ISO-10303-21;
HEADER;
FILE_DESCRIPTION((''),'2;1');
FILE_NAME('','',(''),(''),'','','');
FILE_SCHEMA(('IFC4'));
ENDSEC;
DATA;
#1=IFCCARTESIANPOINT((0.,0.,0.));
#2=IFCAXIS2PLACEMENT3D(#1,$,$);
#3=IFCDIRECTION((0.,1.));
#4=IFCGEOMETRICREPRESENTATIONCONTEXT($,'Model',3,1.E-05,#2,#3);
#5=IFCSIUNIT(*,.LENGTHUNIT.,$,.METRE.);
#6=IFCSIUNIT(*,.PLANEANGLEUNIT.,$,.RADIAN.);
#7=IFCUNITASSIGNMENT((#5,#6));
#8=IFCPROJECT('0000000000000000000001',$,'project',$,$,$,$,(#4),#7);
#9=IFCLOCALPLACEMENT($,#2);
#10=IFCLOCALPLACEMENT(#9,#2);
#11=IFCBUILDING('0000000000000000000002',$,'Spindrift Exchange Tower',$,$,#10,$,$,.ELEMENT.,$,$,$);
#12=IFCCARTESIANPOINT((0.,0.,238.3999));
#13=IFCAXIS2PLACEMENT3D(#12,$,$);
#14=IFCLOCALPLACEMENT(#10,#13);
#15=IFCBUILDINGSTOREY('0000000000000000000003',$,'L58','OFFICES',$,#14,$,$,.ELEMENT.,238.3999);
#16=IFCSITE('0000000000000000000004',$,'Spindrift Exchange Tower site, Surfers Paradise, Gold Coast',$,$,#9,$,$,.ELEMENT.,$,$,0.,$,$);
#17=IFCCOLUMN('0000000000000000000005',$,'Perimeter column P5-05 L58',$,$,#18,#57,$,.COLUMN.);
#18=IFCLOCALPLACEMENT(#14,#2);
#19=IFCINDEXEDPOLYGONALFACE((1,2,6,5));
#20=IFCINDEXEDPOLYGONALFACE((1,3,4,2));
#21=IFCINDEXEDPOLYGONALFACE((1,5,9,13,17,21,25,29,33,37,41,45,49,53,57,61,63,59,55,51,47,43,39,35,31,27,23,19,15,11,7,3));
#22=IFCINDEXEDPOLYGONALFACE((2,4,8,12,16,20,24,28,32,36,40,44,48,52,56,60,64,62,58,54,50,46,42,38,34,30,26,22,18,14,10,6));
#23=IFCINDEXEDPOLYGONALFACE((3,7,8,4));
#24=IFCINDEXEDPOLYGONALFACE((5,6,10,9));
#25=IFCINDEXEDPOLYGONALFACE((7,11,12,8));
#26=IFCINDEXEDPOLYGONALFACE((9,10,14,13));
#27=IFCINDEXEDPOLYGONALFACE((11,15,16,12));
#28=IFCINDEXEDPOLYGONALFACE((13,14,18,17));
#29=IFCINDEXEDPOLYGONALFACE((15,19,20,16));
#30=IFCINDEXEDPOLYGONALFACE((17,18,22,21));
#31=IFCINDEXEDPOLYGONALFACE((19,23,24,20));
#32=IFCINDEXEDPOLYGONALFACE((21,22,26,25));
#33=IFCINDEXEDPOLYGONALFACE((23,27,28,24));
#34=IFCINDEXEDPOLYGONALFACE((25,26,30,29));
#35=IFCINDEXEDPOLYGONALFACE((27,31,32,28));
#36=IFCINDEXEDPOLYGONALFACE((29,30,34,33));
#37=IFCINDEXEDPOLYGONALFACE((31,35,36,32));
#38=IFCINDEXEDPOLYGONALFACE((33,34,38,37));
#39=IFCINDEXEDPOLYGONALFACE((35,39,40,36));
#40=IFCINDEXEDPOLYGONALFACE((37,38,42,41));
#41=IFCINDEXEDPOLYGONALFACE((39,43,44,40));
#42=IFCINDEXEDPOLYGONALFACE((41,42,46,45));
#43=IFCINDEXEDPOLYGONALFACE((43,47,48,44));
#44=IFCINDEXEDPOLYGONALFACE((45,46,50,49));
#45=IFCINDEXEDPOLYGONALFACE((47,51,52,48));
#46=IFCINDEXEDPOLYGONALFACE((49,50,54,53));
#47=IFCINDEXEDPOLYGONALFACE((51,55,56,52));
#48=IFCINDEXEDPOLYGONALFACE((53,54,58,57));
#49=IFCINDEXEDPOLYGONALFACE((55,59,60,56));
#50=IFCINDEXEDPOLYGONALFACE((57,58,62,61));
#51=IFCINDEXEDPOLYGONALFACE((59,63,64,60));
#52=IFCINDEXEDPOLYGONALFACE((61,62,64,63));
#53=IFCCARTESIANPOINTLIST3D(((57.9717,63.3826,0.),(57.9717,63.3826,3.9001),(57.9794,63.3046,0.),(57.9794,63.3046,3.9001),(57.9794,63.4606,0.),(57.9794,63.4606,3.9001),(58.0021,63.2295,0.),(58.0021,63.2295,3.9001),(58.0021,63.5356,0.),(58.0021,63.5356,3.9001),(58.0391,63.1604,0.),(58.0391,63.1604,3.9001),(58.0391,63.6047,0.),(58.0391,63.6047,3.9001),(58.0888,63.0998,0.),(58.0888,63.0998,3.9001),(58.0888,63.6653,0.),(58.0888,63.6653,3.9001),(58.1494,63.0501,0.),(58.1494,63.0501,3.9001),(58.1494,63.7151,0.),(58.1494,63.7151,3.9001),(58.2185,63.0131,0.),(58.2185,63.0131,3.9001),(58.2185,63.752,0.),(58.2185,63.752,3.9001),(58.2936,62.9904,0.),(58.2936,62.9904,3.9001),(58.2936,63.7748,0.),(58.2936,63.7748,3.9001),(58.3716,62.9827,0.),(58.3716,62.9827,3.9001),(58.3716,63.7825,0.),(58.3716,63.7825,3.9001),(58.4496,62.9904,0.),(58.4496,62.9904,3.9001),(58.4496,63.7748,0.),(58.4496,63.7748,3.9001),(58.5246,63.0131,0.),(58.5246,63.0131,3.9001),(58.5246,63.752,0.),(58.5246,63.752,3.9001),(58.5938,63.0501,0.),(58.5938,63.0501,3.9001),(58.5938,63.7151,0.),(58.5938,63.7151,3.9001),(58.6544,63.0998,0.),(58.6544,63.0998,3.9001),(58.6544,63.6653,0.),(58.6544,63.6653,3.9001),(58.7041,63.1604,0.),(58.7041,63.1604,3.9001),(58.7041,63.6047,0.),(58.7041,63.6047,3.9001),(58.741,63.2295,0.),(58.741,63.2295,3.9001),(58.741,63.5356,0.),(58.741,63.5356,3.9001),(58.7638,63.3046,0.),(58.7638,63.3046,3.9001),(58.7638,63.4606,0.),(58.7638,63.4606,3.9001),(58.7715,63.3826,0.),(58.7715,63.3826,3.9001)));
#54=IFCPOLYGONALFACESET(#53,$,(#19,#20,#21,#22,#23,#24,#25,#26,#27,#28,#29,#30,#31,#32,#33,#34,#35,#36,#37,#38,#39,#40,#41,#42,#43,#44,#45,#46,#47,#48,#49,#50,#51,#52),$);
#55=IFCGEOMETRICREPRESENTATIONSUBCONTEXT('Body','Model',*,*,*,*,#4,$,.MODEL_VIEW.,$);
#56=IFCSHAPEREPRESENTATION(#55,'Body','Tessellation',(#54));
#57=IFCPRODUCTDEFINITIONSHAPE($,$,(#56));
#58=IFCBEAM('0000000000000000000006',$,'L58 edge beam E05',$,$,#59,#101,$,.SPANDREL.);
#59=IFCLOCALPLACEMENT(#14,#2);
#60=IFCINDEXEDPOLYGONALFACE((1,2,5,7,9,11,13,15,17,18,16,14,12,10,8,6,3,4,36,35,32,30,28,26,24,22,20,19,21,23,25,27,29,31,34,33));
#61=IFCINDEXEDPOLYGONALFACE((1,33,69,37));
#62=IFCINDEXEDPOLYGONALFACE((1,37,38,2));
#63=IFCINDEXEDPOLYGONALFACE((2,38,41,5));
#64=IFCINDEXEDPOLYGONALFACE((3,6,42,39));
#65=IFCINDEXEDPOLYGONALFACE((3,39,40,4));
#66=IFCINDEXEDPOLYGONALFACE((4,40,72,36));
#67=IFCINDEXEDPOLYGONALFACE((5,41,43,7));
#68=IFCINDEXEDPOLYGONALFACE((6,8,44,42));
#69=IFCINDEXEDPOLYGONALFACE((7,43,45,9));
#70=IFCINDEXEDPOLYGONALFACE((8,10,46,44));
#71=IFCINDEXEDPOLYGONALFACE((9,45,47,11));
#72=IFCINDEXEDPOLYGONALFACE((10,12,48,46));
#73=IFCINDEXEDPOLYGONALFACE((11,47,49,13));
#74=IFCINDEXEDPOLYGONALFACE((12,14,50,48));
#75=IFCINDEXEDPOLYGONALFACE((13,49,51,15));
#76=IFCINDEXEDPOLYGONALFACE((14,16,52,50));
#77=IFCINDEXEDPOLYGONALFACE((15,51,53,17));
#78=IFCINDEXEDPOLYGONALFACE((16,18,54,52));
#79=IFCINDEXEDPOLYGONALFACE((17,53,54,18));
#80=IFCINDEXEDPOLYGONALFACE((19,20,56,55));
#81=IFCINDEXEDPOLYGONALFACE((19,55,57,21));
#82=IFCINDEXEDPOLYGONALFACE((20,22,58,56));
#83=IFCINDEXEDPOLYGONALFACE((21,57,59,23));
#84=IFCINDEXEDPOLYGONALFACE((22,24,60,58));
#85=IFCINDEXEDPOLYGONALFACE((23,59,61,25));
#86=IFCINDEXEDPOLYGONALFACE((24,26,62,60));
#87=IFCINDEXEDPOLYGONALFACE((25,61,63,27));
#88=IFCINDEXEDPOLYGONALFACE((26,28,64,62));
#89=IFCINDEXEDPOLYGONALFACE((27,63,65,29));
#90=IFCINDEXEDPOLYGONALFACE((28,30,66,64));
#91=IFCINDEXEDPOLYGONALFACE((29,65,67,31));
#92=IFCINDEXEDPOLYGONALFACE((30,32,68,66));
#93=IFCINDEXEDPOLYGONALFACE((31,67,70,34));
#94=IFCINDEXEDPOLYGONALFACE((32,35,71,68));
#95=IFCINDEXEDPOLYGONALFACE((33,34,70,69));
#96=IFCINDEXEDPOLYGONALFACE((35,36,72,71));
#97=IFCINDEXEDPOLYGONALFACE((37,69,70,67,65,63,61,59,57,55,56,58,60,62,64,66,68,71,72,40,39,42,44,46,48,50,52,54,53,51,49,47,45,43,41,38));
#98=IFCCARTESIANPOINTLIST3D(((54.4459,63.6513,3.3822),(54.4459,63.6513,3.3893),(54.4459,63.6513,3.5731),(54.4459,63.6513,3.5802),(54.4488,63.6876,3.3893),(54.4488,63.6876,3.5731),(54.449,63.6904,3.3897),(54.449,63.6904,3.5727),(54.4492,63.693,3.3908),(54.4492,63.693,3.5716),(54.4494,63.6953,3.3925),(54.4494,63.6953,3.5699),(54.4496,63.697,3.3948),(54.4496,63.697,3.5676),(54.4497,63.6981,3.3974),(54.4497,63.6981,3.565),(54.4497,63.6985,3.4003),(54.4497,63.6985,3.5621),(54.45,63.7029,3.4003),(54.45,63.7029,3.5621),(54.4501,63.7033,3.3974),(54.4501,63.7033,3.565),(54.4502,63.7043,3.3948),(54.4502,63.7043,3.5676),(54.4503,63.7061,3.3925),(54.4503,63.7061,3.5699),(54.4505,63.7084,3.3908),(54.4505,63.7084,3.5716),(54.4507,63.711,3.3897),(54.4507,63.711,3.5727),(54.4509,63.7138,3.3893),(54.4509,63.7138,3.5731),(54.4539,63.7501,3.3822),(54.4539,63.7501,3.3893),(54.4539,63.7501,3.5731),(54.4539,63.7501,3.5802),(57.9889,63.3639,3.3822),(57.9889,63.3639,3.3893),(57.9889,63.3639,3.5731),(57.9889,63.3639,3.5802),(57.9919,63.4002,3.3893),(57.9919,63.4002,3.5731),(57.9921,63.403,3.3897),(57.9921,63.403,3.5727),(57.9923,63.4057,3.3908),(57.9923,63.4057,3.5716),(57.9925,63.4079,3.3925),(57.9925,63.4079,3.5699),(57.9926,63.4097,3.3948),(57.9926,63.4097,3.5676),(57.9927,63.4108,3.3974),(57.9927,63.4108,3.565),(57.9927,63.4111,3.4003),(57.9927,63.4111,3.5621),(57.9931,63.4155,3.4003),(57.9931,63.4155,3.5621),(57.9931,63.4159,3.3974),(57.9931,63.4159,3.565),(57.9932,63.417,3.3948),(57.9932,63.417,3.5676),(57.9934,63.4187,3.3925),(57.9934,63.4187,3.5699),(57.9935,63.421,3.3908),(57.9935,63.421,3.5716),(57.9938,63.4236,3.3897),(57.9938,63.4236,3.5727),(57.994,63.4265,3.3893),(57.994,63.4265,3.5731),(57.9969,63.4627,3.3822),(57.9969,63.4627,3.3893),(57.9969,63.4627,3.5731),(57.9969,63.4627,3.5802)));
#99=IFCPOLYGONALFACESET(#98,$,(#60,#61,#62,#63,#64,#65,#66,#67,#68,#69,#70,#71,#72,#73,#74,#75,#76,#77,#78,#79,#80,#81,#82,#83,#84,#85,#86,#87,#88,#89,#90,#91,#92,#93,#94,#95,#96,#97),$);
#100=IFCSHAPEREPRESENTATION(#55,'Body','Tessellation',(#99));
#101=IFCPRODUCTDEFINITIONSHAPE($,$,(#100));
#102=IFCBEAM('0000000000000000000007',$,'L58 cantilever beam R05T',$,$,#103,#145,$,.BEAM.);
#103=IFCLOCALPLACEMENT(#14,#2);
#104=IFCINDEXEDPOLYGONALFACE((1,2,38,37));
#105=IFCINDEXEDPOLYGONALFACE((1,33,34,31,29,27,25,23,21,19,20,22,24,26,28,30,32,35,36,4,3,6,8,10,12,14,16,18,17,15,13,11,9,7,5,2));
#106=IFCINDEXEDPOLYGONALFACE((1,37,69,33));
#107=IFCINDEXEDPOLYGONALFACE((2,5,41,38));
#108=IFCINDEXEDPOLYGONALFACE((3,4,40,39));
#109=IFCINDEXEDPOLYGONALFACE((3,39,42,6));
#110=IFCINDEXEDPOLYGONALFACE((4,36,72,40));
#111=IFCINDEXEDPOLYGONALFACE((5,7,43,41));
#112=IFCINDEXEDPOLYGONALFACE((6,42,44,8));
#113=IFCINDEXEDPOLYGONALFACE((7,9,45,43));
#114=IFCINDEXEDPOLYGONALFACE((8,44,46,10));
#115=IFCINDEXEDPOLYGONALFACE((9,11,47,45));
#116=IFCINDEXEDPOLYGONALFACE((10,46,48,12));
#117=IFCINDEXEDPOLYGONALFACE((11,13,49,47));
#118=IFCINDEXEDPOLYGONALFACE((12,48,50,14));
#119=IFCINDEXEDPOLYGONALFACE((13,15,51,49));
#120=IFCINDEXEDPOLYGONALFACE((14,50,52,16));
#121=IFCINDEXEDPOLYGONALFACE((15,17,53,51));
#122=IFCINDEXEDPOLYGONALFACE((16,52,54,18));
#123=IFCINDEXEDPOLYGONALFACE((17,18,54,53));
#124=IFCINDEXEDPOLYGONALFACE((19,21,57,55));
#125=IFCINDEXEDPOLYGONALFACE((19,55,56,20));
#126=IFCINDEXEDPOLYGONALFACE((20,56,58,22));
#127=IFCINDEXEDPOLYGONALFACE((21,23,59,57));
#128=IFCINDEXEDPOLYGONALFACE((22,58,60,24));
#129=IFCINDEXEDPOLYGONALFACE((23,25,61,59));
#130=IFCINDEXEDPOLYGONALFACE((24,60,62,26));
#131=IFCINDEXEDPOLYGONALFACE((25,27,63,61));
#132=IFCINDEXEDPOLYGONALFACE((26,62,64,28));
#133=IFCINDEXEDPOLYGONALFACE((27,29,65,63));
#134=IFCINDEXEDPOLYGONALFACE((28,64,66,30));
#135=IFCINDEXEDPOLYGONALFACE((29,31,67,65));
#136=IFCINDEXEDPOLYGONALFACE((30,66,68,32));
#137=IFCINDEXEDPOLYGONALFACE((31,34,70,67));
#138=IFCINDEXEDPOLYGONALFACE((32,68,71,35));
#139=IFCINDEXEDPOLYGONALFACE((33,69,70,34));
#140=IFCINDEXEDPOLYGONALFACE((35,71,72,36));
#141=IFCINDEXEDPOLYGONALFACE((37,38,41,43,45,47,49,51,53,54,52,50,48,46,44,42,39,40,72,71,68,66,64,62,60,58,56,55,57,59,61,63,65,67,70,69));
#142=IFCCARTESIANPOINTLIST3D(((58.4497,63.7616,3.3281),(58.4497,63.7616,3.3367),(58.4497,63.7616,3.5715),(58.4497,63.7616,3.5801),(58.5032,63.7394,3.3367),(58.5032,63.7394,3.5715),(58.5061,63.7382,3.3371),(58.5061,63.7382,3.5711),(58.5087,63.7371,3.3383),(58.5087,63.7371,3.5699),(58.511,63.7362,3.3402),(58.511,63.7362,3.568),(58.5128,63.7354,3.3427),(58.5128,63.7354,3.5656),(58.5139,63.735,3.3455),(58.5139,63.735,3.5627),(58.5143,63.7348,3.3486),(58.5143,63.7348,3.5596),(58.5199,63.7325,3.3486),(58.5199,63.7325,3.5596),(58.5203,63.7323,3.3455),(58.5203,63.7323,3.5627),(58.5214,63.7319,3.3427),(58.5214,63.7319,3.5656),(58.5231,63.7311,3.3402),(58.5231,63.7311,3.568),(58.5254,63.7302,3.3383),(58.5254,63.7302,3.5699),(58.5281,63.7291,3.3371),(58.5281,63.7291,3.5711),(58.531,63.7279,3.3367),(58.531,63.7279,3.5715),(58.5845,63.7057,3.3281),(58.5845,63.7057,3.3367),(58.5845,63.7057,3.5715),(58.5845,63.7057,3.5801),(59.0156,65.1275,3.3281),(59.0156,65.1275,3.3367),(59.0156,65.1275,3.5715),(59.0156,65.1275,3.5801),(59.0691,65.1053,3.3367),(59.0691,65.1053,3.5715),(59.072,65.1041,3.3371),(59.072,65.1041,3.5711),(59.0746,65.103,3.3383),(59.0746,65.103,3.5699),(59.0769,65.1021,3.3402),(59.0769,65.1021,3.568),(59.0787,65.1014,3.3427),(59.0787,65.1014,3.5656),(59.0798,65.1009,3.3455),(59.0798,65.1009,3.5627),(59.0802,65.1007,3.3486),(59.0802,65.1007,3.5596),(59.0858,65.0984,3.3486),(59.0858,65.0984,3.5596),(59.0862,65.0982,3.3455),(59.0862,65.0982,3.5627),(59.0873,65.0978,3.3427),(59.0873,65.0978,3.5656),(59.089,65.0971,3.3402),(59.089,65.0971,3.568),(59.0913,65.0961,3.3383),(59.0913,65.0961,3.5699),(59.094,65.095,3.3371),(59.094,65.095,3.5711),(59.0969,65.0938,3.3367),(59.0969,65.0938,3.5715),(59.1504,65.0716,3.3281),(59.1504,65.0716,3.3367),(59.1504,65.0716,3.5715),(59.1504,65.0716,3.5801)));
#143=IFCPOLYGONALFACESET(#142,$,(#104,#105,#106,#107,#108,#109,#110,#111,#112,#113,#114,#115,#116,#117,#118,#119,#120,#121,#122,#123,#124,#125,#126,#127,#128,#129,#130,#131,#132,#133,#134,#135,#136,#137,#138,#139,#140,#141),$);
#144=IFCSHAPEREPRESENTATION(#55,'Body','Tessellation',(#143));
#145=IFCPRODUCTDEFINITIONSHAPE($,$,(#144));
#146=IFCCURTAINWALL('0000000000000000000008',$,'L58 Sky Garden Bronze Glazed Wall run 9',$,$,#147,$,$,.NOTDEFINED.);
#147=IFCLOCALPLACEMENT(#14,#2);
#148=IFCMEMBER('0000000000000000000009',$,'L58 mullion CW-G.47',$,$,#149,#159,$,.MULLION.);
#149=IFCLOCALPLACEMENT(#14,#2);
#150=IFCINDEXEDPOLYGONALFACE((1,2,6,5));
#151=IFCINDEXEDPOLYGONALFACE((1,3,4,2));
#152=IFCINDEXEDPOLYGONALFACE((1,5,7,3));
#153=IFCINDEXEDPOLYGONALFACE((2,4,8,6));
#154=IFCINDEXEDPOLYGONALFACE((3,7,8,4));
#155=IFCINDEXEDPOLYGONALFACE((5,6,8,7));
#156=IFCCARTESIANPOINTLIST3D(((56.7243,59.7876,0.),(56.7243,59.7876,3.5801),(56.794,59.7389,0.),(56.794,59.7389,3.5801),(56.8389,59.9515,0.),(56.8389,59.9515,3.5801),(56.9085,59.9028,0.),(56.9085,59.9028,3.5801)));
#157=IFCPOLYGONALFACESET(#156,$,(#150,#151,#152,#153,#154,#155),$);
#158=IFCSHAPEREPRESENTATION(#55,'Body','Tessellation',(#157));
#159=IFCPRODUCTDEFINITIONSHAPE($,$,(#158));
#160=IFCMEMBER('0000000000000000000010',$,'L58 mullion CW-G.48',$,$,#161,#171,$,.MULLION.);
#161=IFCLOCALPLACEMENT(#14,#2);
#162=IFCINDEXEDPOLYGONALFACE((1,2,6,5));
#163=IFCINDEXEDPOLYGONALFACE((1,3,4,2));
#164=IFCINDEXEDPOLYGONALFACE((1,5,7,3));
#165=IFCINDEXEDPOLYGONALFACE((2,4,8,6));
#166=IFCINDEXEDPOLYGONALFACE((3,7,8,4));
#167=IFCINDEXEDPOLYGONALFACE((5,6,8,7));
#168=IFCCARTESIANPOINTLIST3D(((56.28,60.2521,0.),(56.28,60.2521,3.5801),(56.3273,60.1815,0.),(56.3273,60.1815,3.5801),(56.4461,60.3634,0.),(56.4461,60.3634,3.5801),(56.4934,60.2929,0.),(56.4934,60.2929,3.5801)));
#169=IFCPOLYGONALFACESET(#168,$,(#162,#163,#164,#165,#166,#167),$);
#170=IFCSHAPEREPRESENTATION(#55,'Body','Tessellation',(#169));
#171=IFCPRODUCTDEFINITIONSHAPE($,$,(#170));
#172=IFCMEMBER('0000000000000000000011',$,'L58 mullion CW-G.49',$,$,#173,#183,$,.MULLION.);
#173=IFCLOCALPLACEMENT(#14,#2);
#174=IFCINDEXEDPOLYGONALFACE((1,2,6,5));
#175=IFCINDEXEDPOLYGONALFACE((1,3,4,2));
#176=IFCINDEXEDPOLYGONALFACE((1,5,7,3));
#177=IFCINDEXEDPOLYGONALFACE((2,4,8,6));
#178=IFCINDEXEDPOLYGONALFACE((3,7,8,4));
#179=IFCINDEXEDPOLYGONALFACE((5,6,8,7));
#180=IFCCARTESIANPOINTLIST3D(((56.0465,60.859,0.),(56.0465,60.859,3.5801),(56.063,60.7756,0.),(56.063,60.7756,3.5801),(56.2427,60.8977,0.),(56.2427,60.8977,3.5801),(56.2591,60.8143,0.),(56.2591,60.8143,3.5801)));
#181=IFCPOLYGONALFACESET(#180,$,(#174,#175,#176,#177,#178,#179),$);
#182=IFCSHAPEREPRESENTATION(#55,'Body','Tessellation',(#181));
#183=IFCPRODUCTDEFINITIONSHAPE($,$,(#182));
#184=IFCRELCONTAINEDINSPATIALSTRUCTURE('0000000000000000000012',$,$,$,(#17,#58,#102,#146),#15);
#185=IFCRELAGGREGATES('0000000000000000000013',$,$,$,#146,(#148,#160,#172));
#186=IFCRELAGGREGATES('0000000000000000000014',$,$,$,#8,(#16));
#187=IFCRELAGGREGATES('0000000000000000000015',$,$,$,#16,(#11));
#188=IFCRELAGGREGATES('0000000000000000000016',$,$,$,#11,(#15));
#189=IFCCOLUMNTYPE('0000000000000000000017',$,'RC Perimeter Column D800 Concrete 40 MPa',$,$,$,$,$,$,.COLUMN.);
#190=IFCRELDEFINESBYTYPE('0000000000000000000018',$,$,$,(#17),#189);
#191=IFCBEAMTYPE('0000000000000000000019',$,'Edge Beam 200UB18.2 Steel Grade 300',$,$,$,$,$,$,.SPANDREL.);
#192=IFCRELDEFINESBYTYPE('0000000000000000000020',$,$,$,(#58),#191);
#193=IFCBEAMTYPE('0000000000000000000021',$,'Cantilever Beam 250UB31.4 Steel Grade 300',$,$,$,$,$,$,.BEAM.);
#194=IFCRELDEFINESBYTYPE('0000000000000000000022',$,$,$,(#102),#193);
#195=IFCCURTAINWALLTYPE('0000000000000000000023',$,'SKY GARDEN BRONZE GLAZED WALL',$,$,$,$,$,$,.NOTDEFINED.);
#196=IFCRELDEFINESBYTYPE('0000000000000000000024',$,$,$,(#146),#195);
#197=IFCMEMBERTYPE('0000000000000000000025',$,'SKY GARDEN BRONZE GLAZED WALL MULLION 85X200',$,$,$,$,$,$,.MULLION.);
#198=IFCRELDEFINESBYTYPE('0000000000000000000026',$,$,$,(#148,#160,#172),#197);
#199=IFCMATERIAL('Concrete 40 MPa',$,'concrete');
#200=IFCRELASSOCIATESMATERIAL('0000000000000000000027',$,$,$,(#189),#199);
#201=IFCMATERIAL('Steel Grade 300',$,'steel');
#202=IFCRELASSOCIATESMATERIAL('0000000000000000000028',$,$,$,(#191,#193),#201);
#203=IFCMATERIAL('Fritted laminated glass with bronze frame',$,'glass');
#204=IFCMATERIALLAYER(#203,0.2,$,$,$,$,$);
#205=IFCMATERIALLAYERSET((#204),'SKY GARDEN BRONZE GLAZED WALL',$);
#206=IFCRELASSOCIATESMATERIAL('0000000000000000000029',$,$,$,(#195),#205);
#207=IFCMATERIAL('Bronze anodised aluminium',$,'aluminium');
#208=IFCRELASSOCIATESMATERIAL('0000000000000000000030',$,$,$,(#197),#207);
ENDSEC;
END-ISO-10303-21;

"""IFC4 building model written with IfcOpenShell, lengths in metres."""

from ifc_helpers import new_model, si_unit, direction, frame, origin, origin_2d, place, context, subcontext, project, spatial, rectangle, circle, i_section, extrude, source, transform, mapped, material, layer, layer_set, material_profile, profile_set, type_object, element, aggregate, save


model = new_model("IFC4")

# Units and contexts
model_context = context("Model", 3, precision=1e-05, world=origin(), true_north=direction((0.0, 1.0)))
body_context = subcontext(model_context, "Body", "Model", "MODEL_VIEW")
ifc_project = project(units=[si_unit("LENGTHUNIT", "METRE"), si_unit("PLANEANGLEUNIT", "RADIAN")], contexts=[model_context])

# Site, building, storey
site_placement = place(None, origin())
site = spatial("IfcSite", under=ifc_project, at=site_placement, Name="Spindrift Exchange Tower site, Surfers Paradise, Gold Coast", CompositionType="ELEMENT", RefElevation=0.0)
building_placement = place(site_placement, origin())
building = spatial("IfcBuilding", under=site, at=building_placement, Name="Spindrift Exchange Tower", CompositionType="ELEMENT")
storey_placement = place(building_placement, frame((0.0, 0.0, 238.3999)))
storey = spatial("IfcBuildingStorey", under=building, at=storey_placement, Name="L58", Description="OFFICES", CompositionType="ELEMENT", Elevation=238.3999)

# Column
ifc_material_1 = material(Name="Concrete 40 MPa", Category="concrete")
ifc_material_profile_1 = material_profile(ifc_material_1, circle(Radius=0.3999, at=origin_2d()), Name="RC D800")
ifc_profile_set_1 = profile_set([ifc_material_profile_1], Name="Concrete 40 MPa")
column_type = type_object("IfcColumnType", Name="RC Perimeter Column D800 Concrete 40 MPa", PredefinedType="COLUMN", material=ifc_profile_set_1)
shared_shape_1 = source(origin(), body_context, "Body", "SweptSolid", [
    extrude(circle(Radius=0.3999, at=origin_2d()), origin(), (0.0, 0.0, 1.0), 3.9001),
])
column_placement = place(storey_placement, frame((58.3716, 63.3826, 0.0), z_axis=(0.0, 0.0, 1.0), x_axis=(1.0, 0.0, 0.0)))
element("IfcColumn", 1, at=column_placement, inside=storey, type_object=column_type, Name="Perimeter column P5-05 L58", PredefinedType="COLUMN", context=body_context, shape_type="MappedRepresentation", body=[
    mapped(shared_shape_1, transform((0.0, 0.0, 0.0), scale=1.0)),
])

# Beams
ifc_material_2 = material(Name="Steel Grade 300", Category="steel")
ifc_material_profile_2 = material_profile(ifc_material_2, i_section(OverallWidth=0.0991, OverallDepth=0.198, WebThickness=0.0044, FlangeThickness=0.0071, FilletRadius=0.011, at=origin_2d()), Name="200UB18.2")
ifc_profile_set_2 = profile_set([ifc_material_profile_2], Name="Steel Grade 300")
beam_type_1 = type_object("IfcBeamType", Name="Edge Beam 200UB18.2 Steel Grade 300", PredefinedType="SPANDREL", material=ifc_profile_set_2)
shared_shape_2 = source(origin(), body_context, "Body", "SweptSolid", [
    extrude(i_section(OverallWidth=0.0991, OverallDepth=0.198, WebThickness=0.0044, FlangeThickness=0.0071, FilletRadius=0.011, at=origin_2d()), origin(), (0.0, 0.0, 1.0), 3.5547),
])
beam_1_placement = place(storey_placement, frame((57.9929, 63.4133, 3.4812), z_axis=(-0.996727, 0.08084, 0.0), x_axis=(-0.08084, -0.996727, 0.0)))
element("IfcBeam", 2, at=beam_1_placement, inside=storey, type_object=beam_type_1, Name="L58 edge beam E05", PredefinedType="SPANDREL", context=body_context, shape_type="MappedRepresentation", body=[
    mapped(shared_shape_2, transform((0.0, 0.0, 0.0), scale=1.0)),
])
ifc_material_profile_3 = material_profile(ifc_material_2, i_section(OverallWidth=0.146, OverallDepth=0.252, WebThickness=0.0061, FlangeThickness=0.0085, FilletRadius=0.012, at=origin_2d()), Name="250UB31.4")
ifc_profile_set_3 = profile_set([ifc_material_profile_3], Name="Steel Grade 300")
beam_type_2 = type_object("IfcBeamType", Name="Cantilever Beam 250UB31.4 Steel Grade 300", PredefinedType="BEAM", material=ifc_profile_set_3)
shared_shape_3 = source(origin(), body_context, "Body", "SweptSolid", [
    extrude(i_section(OverallWidth=0.146, OverallDepth=0.252, WebThickness=0.0061, FlangeThickness=0.0085, FilletRadius=0.012, at=origin_2d()), origin(), (0.0, 0.0, 1.0), 1.4785),
])
beam_2_placement = place(storey_placement, frame((58.5171, 63.7336, 3.4541), z_axis=(0.38275, 0.923852, 0.0), x_axis=(-0.923852, 0.38275, 0.0)))
element("IfcBeam", 3, at=beam_2_placement, inside=storey, type_object=beam_type_2, Name="L58 cantilever beam R05T", PredefinedType="BEAM", context=body_context, shape_type="MappedRepresentation", body=[
    mapped(shared_shape_3, transform((0.0, 0.0, 0.0), scale=1.0)),
])

# Curtain wall, members
ifc_material_3 = material(Name="Fritted laminated glass with bronze frame", Category="glass")
ifc_layer_1 = layer(ifc_material_3, 0.2)
ifc_layer_set_1 = layer_set([ifc_layer_1], Name="SKY GARDEN BRONZE GLAZED WALL")
curtain_wall_type = type_object("IfcCurtainWallType", Name="SKY GARDEN BRONZE GLAZED WALL", PredefinedType="NOTDEFINED", material=ifc_layer_set_1)
curtain_wall_1_placement = place(storey_placement, origin())
curtain_wall_1 = element("IfcCurtainWall", 4, at=curtain_wall_1_placement, inside=storey, type_object=curtain_wall_type, Name="L58 Sky Garden Bronze Glazed Wall run 9", PredefinedType="NOTDEFINED")
ifc_material_4 = material(Name="Bronze anodised aluminium", Category="aluminium")
ifc_material_profile_4 = material_profile(ifc_material_4, rectangle(XDim=0.085, YDim=0.2, at=origin_2d()), Name="SKY GARDEN BRONZE GLAZED WALL MULLION 85X200")
ifc_profile_set_4 = profile_set([ifc_material_profile_4], Name="Bronze anodised aluminium")
member_type_1 = type_object("IfcMemberType", Name="SKY GARDEN BRONZE GLAZED WALL MULLION 85X200", PredefinedType="MULLION", material=ifc_profile_set_4)
shared_shape_4 = source(origin(), body_context, "Body", "SweptSolid", [
    extrude(rectangle(XDim=0.085, YDim=0.2, at=origin_2d()), origin(), (0.0, 0.0, 1.0), 3.5801),
])
member_1_placement = place(storey_placement, frame((56.8164, 59.8452, 0.0), z_axis=(0.0, 0.0, 1.0), x_axis=(-0.819682, 0.572818, 0.0)))
member_1 = element("IfcMember", 5, at=member_1_placement, type_object=member_type_1, Name="L58 mullion CW-G.47", PredefinedType="MULLION", context=body_context, shape_type="MappedRepresentation", body=[
    mapped(shared_shape_4, transform((0.0, 0.0, 0.0), scale=1.0)),
])
member_2_placement = place(storey_placement, frame((56.3867, 60.2725, 0.0), z_axis=(0.0, 0.0, 1.0), x_axis=(-0.556875, 0.830597, 0.0)))
member_2 = element("IfcMember", 6, at=member_2_placement, type_object=member_type_1, Name="L58 mullion CW-G.48", PredefinedType="MULLION", context=body_context, shape_type="MappedRepresentation", body=[
    mapped(shared_shape_4, transform((0.0, 0.0, 0.0), scale=1.0)),
])
member_3_placement = place(storey_placement, frame((56.1528, 60.8367, 0.0), z_axis=(0.0, 0.0, 1.0), x_axis=(-0.193547, 0.981091, 0.0)))
member_3 = element("IfcMember", 7, at=member_3_placement, type_object=member_type_1, Name="L58 mullion CW-G.49", PredefinedType="MULLION", context=body_context, shape_type="MappedRepresentation", body=[
    mapped(shared_shape_4, transform((0.0, 0.0, 0.0), scale=1.0)),
])

aggregate(curtain_wall_1, [member_1, member_2, member_3])

save(model, "model.ifc")
